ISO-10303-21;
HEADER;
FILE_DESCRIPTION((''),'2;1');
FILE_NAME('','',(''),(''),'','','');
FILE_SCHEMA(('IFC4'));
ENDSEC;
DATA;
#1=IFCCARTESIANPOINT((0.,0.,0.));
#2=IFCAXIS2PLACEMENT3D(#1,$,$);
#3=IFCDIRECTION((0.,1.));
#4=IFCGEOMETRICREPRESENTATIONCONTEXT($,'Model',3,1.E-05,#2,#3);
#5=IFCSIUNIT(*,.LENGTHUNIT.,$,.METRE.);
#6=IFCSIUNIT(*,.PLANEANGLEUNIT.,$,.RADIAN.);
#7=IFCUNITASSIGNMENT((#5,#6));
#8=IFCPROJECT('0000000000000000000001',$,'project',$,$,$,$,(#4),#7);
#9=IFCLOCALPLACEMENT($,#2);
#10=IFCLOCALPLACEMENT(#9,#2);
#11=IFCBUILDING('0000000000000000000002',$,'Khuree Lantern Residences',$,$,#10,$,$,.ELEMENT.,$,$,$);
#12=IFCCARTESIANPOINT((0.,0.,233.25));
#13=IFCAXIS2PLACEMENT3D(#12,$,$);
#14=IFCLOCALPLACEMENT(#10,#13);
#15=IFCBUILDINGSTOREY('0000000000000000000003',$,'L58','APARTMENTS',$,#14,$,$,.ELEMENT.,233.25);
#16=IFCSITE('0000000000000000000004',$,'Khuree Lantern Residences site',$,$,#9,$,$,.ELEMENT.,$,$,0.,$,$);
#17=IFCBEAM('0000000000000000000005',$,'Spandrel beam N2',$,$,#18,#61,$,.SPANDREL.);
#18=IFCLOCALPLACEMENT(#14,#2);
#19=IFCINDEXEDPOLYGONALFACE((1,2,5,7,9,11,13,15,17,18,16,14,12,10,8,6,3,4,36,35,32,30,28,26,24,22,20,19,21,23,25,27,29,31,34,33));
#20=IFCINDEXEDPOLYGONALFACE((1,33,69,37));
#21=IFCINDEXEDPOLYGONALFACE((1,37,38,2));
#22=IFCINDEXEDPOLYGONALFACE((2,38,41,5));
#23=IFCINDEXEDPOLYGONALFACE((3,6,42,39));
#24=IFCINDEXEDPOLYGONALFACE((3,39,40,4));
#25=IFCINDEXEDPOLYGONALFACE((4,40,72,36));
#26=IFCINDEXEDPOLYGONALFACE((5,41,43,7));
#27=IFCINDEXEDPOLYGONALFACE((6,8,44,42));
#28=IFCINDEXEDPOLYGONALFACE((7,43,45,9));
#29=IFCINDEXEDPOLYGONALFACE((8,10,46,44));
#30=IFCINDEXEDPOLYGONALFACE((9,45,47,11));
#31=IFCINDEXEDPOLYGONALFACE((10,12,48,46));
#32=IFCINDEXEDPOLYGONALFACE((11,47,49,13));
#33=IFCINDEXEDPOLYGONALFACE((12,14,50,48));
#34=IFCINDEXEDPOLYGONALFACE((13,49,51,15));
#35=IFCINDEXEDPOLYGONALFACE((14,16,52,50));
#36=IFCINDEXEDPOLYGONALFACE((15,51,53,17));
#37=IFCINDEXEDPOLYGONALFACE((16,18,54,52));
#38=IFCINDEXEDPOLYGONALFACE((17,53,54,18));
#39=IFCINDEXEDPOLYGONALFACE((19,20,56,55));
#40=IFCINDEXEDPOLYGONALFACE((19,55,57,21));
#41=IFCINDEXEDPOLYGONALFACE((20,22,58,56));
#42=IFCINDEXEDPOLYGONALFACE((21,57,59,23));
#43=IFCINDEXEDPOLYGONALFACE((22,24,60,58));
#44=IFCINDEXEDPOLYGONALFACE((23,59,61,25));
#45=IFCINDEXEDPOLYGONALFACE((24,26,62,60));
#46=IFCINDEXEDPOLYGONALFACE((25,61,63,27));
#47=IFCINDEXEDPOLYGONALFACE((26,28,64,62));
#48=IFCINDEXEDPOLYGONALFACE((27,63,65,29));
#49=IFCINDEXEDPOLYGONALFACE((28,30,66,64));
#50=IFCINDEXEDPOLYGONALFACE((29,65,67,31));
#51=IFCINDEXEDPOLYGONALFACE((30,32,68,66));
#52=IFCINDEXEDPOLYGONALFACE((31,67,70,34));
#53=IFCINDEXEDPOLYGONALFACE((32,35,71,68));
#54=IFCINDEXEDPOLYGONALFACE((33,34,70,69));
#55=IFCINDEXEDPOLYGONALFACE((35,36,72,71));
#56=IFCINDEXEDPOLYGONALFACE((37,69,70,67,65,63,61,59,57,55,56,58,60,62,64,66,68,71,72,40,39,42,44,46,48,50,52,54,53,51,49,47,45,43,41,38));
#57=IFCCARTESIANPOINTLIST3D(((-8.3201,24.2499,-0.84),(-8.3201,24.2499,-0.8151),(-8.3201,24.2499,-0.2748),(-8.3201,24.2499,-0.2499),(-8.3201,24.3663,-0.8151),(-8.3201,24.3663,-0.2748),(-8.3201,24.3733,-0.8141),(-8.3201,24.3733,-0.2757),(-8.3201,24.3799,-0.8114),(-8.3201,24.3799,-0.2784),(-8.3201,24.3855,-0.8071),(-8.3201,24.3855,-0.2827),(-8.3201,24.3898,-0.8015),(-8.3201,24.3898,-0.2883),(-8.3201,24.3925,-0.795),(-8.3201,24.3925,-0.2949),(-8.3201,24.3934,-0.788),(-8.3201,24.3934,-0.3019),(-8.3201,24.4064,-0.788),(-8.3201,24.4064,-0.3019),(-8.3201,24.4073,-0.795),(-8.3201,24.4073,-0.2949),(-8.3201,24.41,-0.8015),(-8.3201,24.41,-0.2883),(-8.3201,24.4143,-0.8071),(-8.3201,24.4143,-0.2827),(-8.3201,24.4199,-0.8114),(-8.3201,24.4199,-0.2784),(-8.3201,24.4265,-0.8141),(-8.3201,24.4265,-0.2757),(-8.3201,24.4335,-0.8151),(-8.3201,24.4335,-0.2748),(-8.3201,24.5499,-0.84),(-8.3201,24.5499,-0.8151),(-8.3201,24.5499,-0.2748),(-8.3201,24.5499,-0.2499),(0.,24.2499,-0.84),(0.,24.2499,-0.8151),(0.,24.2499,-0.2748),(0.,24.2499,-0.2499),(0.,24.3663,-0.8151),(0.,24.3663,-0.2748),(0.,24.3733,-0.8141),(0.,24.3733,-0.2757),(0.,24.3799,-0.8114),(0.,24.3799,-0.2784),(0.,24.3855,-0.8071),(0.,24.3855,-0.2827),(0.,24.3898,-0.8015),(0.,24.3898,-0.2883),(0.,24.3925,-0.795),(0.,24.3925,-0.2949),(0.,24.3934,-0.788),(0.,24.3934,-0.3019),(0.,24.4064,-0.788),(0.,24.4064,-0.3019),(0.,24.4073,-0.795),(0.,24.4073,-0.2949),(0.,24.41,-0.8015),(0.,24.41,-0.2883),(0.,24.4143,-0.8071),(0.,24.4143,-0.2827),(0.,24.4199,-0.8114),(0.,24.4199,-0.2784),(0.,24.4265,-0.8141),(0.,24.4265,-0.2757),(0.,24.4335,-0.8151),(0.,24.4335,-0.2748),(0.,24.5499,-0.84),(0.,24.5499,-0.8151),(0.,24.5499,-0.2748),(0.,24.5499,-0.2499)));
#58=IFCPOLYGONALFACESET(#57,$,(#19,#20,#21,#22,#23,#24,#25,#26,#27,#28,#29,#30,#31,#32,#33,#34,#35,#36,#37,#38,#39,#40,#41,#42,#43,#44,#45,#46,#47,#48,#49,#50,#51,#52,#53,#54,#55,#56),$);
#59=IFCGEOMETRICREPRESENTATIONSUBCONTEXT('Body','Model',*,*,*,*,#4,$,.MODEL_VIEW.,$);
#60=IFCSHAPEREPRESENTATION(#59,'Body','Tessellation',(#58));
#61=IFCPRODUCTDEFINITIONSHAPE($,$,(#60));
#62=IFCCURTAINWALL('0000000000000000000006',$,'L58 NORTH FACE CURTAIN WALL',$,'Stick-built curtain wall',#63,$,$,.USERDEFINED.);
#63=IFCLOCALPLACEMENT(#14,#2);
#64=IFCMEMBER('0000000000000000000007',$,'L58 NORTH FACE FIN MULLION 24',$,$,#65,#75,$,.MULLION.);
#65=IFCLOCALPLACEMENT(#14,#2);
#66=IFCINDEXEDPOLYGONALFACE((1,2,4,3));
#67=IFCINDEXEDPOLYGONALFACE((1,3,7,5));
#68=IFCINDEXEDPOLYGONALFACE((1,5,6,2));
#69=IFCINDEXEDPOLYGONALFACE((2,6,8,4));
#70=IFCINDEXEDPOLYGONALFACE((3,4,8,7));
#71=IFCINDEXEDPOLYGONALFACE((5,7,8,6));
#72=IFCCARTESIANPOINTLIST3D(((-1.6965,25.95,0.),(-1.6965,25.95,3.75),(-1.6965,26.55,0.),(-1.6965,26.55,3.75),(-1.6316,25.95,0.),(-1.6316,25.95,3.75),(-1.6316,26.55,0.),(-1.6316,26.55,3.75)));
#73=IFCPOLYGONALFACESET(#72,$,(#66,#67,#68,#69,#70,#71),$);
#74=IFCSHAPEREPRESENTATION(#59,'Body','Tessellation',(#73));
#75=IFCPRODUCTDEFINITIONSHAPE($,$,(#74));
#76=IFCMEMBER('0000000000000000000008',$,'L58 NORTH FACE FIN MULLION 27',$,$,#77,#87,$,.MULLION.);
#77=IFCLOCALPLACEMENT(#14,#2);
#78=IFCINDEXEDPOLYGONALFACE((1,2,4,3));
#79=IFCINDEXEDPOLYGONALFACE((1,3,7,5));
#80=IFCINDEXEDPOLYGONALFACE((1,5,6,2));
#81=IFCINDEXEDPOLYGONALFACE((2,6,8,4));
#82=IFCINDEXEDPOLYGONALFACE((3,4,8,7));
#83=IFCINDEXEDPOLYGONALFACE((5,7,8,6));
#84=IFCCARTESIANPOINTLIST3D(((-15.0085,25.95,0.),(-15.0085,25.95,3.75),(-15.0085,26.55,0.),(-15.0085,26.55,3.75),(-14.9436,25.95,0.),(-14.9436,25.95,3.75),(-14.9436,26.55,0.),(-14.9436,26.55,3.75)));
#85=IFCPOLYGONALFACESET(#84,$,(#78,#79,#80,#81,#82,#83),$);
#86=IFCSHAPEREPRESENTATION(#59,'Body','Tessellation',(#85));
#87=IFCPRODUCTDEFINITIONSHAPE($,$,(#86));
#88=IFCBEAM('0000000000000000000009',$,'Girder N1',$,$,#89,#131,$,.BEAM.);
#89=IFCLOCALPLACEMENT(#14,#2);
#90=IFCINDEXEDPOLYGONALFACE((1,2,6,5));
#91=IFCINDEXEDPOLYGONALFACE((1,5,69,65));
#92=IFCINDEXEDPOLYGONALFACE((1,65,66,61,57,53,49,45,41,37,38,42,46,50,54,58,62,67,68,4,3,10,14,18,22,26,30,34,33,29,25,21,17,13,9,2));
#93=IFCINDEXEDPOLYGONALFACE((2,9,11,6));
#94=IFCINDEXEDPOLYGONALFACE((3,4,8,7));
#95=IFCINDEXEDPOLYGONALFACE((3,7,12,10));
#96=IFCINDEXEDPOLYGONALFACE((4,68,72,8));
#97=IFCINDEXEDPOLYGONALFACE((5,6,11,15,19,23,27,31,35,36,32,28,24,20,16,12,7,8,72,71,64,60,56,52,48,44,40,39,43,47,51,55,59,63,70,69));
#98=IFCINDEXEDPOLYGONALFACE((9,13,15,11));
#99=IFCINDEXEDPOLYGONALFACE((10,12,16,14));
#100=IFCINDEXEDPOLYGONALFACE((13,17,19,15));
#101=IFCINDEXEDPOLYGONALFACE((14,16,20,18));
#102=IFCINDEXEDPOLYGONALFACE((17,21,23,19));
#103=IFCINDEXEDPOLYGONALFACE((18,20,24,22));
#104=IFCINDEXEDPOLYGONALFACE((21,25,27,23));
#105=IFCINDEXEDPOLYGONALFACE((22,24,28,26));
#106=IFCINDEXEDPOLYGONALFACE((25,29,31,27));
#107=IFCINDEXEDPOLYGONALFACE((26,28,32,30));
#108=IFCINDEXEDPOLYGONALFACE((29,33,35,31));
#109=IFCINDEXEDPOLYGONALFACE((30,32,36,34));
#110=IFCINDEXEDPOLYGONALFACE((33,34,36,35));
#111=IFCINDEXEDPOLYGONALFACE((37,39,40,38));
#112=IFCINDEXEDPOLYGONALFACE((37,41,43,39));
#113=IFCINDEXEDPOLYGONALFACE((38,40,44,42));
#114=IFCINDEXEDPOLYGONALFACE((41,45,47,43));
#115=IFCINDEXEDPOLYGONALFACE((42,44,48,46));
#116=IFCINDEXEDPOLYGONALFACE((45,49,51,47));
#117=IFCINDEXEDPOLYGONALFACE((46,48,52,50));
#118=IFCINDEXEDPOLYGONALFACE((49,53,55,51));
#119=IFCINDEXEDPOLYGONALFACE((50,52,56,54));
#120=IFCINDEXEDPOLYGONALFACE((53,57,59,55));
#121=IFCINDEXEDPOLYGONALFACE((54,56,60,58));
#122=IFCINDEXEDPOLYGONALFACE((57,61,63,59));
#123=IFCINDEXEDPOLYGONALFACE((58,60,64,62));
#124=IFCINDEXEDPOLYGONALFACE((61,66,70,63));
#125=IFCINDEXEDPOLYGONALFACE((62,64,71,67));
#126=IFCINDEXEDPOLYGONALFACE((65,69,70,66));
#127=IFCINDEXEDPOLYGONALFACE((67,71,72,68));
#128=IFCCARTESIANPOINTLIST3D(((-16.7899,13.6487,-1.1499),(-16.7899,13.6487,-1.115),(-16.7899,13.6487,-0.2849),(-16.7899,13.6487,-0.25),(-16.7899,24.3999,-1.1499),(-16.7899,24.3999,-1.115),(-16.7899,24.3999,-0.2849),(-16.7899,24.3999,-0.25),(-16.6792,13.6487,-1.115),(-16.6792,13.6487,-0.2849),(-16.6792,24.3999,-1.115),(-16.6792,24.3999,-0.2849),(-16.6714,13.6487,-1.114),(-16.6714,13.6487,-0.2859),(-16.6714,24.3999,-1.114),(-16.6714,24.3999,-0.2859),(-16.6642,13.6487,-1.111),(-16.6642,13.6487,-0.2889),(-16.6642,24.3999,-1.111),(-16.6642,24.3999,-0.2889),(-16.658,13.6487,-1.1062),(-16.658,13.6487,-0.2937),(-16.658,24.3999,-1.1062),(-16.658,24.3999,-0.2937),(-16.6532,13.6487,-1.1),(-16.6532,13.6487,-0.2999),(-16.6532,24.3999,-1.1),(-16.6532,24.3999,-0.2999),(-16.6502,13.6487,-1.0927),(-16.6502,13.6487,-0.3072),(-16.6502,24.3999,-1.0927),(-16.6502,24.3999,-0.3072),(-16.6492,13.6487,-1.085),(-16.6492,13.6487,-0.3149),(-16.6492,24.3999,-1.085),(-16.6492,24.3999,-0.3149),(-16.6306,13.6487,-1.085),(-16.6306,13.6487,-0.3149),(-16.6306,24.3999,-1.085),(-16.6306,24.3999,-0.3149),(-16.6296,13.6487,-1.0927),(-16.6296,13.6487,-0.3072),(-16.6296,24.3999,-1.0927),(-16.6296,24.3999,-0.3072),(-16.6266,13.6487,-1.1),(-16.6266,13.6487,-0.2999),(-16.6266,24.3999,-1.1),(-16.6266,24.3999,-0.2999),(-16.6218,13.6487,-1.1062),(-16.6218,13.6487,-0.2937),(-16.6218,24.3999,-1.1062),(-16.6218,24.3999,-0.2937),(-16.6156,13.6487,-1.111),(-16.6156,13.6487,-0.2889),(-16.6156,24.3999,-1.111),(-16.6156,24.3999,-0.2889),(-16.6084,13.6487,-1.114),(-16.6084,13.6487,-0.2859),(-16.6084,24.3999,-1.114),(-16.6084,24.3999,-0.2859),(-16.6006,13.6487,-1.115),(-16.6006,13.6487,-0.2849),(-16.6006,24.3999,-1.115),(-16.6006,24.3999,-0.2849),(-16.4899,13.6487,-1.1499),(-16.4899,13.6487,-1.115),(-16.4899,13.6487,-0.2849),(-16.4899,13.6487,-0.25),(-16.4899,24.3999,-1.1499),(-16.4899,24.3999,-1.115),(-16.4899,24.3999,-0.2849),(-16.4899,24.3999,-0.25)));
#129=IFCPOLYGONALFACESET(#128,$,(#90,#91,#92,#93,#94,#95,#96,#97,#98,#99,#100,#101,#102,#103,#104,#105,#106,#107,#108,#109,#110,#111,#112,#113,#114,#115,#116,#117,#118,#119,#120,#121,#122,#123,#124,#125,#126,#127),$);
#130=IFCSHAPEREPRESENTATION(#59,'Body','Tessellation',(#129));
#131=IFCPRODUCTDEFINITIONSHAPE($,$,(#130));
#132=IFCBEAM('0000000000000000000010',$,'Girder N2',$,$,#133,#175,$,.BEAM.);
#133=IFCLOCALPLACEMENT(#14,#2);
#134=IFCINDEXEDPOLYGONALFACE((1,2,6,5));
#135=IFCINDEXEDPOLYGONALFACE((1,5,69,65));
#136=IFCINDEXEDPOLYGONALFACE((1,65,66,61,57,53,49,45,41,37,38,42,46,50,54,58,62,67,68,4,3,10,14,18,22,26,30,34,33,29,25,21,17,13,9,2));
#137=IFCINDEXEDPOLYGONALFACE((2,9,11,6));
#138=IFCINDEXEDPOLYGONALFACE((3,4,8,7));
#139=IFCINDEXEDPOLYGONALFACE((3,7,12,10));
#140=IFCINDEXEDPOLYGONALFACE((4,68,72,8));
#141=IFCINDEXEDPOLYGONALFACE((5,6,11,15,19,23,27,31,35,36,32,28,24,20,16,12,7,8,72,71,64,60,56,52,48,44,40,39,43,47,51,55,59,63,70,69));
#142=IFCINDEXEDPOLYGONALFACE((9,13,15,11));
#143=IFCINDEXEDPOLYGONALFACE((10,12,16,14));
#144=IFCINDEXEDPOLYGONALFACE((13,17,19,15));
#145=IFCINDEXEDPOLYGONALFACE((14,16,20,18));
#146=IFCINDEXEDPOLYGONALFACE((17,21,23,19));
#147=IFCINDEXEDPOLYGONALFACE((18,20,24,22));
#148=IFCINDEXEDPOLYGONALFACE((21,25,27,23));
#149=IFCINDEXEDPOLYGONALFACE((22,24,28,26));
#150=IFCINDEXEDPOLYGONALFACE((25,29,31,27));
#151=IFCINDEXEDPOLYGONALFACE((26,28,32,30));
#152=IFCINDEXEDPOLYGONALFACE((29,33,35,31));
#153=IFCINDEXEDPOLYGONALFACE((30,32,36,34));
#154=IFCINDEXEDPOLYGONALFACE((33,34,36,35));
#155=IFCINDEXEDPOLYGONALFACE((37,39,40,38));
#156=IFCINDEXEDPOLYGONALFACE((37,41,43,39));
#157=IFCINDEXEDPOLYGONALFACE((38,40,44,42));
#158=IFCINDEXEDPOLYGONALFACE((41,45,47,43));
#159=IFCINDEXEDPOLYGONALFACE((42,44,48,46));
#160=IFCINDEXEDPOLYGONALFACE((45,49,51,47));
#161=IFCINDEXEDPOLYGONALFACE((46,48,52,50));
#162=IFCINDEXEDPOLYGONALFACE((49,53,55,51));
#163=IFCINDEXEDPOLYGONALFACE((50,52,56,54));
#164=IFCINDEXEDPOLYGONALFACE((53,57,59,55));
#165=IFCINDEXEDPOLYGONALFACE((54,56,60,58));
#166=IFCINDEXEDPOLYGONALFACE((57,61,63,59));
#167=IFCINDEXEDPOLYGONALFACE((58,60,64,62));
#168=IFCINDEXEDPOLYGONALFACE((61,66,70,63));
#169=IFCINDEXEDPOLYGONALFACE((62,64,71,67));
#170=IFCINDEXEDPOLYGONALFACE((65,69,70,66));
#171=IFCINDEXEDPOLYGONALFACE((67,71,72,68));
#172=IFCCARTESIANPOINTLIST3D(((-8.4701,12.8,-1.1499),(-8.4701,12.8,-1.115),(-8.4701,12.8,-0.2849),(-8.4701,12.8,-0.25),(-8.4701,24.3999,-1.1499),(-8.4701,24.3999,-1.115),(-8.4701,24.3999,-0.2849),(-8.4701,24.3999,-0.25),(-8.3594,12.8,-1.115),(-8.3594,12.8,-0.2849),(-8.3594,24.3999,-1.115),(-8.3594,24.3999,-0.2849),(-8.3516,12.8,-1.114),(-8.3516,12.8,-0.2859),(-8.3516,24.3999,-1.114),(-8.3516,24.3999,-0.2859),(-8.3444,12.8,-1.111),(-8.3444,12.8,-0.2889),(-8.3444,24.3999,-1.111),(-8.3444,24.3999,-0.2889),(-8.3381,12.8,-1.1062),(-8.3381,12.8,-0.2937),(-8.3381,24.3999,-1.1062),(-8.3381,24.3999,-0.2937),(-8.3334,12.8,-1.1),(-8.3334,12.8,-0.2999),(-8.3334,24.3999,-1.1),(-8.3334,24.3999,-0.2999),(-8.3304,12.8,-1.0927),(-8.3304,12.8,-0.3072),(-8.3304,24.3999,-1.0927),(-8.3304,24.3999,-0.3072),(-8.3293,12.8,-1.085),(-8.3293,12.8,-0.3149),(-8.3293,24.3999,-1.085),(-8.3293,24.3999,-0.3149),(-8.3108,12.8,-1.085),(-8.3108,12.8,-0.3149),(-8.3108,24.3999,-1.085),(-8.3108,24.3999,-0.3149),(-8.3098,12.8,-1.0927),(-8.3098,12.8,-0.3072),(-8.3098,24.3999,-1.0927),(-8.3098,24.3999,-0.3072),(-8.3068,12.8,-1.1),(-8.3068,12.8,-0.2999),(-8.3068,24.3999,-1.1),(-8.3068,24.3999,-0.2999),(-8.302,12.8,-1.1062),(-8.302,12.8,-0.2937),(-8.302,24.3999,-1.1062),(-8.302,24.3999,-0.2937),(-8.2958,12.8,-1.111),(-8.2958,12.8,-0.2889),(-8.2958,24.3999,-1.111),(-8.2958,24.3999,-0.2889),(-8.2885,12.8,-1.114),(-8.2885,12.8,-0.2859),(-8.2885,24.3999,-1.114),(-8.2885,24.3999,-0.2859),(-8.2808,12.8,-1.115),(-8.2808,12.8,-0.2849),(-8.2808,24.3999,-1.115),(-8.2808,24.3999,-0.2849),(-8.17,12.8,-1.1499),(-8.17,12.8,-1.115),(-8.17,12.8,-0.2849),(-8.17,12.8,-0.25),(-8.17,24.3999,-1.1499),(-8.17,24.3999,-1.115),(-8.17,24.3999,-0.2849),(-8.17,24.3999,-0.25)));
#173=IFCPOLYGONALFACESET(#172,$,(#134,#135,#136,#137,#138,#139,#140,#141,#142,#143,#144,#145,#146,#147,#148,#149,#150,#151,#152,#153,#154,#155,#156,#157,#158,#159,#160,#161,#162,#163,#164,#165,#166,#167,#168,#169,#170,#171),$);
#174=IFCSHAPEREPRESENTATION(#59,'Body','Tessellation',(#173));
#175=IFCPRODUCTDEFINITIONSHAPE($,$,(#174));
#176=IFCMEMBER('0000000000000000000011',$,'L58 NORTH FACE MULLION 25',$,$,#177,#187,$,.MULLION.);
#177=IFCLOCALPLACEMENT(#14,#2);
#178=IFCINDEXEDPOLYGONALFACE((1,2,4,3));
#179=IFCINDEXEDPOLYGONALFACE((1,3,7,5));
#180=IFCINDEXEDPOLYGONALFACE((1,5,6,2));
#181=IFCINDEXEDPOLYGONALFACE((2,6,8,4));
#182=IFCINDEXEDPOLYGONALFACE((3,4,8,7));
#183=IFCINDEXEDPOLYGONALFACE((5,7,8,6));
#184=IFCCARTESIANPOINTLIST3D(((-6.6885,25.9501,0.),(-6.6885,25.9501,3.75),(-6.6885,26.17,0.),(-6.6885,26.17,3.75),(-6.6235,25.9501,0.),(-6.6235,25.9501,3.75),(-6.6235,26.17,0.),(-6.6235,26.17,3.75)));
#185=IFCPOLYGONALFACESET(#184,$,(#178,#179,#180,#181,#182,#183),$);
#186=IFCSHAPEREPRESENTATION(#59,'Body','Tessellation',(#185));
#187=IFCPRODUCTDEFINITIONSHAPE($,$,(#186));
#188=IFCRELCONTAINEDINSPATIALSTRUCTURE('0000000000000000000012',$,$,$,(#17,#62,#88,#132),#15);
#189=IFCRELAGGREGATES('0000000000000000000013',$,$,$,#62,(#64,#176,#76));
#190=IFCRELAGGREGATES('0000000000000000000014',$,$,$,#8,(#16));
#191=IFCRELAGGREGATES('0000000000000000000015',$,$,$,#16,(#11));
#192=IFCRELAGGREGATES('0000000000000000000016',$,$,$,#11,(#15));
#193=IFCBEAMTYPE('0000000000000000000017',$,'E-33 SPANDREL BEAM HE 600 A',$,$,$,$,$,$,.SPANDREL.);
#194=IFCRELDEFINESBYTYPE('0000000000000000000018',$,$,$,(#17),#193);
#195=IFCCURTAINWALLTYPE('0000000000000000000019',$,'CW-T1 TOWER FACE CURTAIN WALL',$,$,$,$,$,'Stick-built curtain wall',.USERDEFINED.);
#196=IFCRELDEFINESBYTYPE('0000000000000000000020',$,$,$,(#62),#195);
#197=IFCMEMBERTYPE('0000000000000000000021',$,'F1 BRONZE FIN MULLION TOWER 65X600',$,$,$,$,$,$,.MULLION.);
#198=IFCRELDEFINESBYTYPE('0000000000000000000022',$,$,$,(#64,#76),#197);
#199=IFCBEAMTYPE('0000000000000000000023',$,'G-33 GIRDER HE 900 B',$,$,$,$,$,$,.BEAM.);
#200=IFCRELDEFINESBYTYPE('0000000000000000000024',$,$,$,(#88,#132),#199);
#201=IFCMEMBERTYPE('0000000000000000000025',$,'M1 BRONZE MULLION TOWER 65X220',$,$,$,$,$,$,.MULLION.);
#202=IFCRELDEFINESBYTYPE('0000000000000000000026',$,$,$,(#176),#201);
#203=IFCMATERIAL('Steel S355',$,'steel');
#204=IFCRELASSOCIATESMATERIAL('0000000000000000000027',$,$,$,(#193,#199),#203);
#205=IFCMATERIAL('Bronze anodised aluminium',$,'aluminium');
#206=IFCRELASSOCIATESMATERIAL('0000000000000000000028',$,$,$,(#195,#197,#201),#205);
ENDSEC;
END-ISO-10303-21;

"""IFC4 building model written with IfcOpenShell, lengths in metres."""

from ifc_helpers import new_model, si_unit, direction, frame, origin, origin_2d, place, context, subcontext, project, spatial, rectangle, i_section, extrude, material, material_profile, profile_set, type_object, element, aggregate, save


model = new_model("IFC4")

# Units and contexts
model_context = context("Model", 3, precision=1e-05, world=origin(), true_north=direction((0.0, 1.0)))
body_context = subcontext(model_context, "Body", "Model", "MODEL_VIEW")
ifc_project = project(units=[si_unit("LENGTHUNIT", "METRE"), si_unit("PLANEANGLEUNIT", "RADIAN")], contexts=[model_context])

# Site, building, storey
site_placement = place(None, origin())
site = spatial("IfcSite", under=ifc_project, at=site_placement, Name="Khuree Lantern Residences site", CompositionType="ELEMENT", RefElevation=0.0)
building_placement = place(site_placement, origin())
building = spatial("IfcBuilding", under=site, at=building_placement, Name="Khuree Lantern Residences", CompositionType="ELEMENT")
storey_placement = place(building_placement, frame((0.0, 0.0, 233.25)))
storey = spatial("IfcBuildingStorey", under=building, at=storey_placement, Name="L58", Description="APARTMENTS", CompositionType="ELEMENT", Elevation=233.25)

# Beam
ifc_material_1 = material(Name="Steel S355", Category="steel")
ifc_material_profile_1 = material_profile(ifc_material_1, i_section(OverallWidth=0.3, OverallDepth=0.5901, WebThickness=0.0129, FlangeThickness=0.0249, FilletRadius=0.0271, at=origin_2d()), Name="HE 600 A")
ifc_profile_set_1 = profile_set([ifc_material_profile_1], Name="Steel S355")
beam_type_1 = type_object("IfcBeamType", Name="E-33 SPANDREL BEAM HE 600 A", PredefinedType="SPANDREL", material=ifc_profile_set_1)
beam_1_placement = place(storey_placement, frame((-8.3201, 24.3999, -0.5449), z_axis=(1.0, 0.0, 0.0), x_axis=(0.0, 1.0, 0.0)))
element("IfcBeam", 1, at=beam_1_placement, inside=storey, type_object=beam_type_1, Name="Spandrel beam N2", PredefinedType="SPANDREL", context=body_context, shape_type="SweptSolid", body=[
    extrude(i_section(OverallWidth=0.3, OverallDepth=0.5901, WebThickness=0.0129, FlangeThickness=0.0249, FilletRadius=0.0271, at=origin_2d()), origin(), (0.0, 0.0, 1.0), 8.3201),
])

# Curtain wall, members
ifc_material_2 = material(Name="Bronze anodised aluminium", Category="aluminium")
curtain_wall_type = type_object("IfcCurtainWallType", Name="CW-T1 TOWER FACE CURTAIN WALL", ElementType="Stick-built curtain wall", PredefinedType="USERDEFINED", material=ifc_material_2)
curtain_wall_placement = place(storey_placement, origin())
curtain_wall = element("IfcCurtainWall", 2, at=curtain_wall_placement, inside=storey, type_object=curtain_wall_type, Name="L58 NORTH FACE CURTAIN WALL", ObjectType="Stick-built curtain wall", PredefinedType="USERDEFINED")
ifc_material_profile_2 = material_profile(ifc_material_2, rectangle(XDim=0.0649, YDim=0.6001, at=origin_2d()), Name="F1 65X600")
ifc_profile_set_2 = profile_set([ifc_material_profile_2], Name="Bronze anodised aluminium")
member_type_1 = type_object("IfcMemberType", Name="F1 BRONZE FIN MULLION TOWER 65X600", PredefinedType="MULLION", material=ifc_profile_set_2)
member_1_placement = place(storey_placement, frame((-1.6641, 26.25, 0.0), z_axis=(0.0, 0.0, 1.0), x_axis=(-1.0, 0.0, 0.0)))
member_1 = element("IfcMember", 3, at=member_1_placement, type_object=member_type_1, Name="L58 NORTH FACE FIN MULLION 24", PredefinedType="MULLION", context=body_context, shape_type="SweptSolid", body=[
    extrude(rectangle(XDim=0.0649, YDim=0.6001, at=origin_2d()), origin(), (0.0, 0.0, 1.0), 3.75),
])
member_2_placement = place(storey_placement, frame((-14.9761, 26.25, 0.0), z_axis=(0.0, 0.0, 1.0), x_axis=(-1.0, 0.0, 0.0)))
member_2 = element("IfcMember", 4, at=member_2_placement, type_object=member_type_1, Name="L58 NORTH FACE FIN MULLION 27", PredefinedType="MULLION", context=body_context, shape_type="SweptSolid", body=[
    extrude(rectangle(XDim=0.0649, YDim=0.6001, at=origin_2d()), origin(), (0.0, 0.0, 1.0), 3.75),
])

# Beams
ifc_material_profile_3 = material_profile(ifc_material_1, i_section(OverallWidth=0.3, OverallDepth=0.8999, WebThickness=0.0186, FlangeThickness=0.0349, FilletRadius=0.03, at=origin_2d()), Name="HE 900 B")
ifc_profile_set_3 = profile_set([ifc_material_profile_3], Name="Steel S355")
beam_type_2 = type_object("IfcBeamType", Name="G-33 GIRDER HE 900 B", PredefinedType="BEAM", material=ifc_profile_set_3)
beam_2_placement = place(storey_placement, frame((-16.6399, 24.3999, -0.7), z_axis=(0.0, -1.0, 0.0), x_axis=(1.0, 0.0, 0.0)))
element("IfcBeam", 5, at=beam_2_placement, inside=storey, type_object=beam_type_2, Name="Girder N1", PredefinedType="BEAM", context=body_context, shape_type="SweptSolid", body=[
    extrude(i_section(OverallWidth=0.3, OverallDepth=0.8999, WebThickness=0.0186, FlangeThickness=0.0349, FilletRadius=0.03, at=origin_2d()), origin(), (0.0, 0.0, 1.0), 10.7512),
])
beam_3_placement = place(storey_placement, frame((-8.3201, 24.3999, -0.7), z_axis=(0.0, -1.0, 0.0), x_axis=(1.0, 0.0, 0.0)))
element("IfcBeam", 6, at=beam_3_placement, inside=storey, type_object=beam_type_2, Name="Girder N2", PredefinedType="BEAM", context=body_context, shape_type="SweptSolid", body=[
    extrude(i_section(OverallWidth=0.3, OverallDepth=0.8999, WebThickness=0.0186, FlangeThickness=0.0349, FilletRadius=0.03, at=origin_2d()), origin(), (0.0, 0.0, 1.0), 11.5999),
])

# Member
ifc_material_profile_4 = material_profile(ifc_material_2, rectangle(XDim=0.0649, YDim=0.22, at=origin_2d()), Name="M1 65X220")
ifc_profile_set_4 = profile_set([ifc_material_profile_4], Name="Bronze anodised aluminium")
member_type_2 = type_object("IfcMemberType", Name="M1 BRONZE MULLION TOWER 65X220", PredefinedType="MULLION", material=ifc_profile_set_4)
member_3_placement = place(storey_placement, frame((-6.656, 26.0601, 0.0), z_axis=(0.0, 0.0, 1.0), x_axis=(-1.0, 0.0, 0.0)))
member_3 = element("IfcMember", 7, at=member_3_placement, type_object=member_type_2, Name="L58 NORTH FACE MULLION 25", PredefinedType="MULLION", context=body_context, shape_type="SweptSolid", body=[
    extrude(rectangle(XDim=0.0649, YDim=0.22, at=origin_2d()), origin(), (0.0, 0.0, 1.0), 3.75),
])

aggregate(curtain_wall, [member_1, member_3, member_2])

save(model, "model.ifc")
